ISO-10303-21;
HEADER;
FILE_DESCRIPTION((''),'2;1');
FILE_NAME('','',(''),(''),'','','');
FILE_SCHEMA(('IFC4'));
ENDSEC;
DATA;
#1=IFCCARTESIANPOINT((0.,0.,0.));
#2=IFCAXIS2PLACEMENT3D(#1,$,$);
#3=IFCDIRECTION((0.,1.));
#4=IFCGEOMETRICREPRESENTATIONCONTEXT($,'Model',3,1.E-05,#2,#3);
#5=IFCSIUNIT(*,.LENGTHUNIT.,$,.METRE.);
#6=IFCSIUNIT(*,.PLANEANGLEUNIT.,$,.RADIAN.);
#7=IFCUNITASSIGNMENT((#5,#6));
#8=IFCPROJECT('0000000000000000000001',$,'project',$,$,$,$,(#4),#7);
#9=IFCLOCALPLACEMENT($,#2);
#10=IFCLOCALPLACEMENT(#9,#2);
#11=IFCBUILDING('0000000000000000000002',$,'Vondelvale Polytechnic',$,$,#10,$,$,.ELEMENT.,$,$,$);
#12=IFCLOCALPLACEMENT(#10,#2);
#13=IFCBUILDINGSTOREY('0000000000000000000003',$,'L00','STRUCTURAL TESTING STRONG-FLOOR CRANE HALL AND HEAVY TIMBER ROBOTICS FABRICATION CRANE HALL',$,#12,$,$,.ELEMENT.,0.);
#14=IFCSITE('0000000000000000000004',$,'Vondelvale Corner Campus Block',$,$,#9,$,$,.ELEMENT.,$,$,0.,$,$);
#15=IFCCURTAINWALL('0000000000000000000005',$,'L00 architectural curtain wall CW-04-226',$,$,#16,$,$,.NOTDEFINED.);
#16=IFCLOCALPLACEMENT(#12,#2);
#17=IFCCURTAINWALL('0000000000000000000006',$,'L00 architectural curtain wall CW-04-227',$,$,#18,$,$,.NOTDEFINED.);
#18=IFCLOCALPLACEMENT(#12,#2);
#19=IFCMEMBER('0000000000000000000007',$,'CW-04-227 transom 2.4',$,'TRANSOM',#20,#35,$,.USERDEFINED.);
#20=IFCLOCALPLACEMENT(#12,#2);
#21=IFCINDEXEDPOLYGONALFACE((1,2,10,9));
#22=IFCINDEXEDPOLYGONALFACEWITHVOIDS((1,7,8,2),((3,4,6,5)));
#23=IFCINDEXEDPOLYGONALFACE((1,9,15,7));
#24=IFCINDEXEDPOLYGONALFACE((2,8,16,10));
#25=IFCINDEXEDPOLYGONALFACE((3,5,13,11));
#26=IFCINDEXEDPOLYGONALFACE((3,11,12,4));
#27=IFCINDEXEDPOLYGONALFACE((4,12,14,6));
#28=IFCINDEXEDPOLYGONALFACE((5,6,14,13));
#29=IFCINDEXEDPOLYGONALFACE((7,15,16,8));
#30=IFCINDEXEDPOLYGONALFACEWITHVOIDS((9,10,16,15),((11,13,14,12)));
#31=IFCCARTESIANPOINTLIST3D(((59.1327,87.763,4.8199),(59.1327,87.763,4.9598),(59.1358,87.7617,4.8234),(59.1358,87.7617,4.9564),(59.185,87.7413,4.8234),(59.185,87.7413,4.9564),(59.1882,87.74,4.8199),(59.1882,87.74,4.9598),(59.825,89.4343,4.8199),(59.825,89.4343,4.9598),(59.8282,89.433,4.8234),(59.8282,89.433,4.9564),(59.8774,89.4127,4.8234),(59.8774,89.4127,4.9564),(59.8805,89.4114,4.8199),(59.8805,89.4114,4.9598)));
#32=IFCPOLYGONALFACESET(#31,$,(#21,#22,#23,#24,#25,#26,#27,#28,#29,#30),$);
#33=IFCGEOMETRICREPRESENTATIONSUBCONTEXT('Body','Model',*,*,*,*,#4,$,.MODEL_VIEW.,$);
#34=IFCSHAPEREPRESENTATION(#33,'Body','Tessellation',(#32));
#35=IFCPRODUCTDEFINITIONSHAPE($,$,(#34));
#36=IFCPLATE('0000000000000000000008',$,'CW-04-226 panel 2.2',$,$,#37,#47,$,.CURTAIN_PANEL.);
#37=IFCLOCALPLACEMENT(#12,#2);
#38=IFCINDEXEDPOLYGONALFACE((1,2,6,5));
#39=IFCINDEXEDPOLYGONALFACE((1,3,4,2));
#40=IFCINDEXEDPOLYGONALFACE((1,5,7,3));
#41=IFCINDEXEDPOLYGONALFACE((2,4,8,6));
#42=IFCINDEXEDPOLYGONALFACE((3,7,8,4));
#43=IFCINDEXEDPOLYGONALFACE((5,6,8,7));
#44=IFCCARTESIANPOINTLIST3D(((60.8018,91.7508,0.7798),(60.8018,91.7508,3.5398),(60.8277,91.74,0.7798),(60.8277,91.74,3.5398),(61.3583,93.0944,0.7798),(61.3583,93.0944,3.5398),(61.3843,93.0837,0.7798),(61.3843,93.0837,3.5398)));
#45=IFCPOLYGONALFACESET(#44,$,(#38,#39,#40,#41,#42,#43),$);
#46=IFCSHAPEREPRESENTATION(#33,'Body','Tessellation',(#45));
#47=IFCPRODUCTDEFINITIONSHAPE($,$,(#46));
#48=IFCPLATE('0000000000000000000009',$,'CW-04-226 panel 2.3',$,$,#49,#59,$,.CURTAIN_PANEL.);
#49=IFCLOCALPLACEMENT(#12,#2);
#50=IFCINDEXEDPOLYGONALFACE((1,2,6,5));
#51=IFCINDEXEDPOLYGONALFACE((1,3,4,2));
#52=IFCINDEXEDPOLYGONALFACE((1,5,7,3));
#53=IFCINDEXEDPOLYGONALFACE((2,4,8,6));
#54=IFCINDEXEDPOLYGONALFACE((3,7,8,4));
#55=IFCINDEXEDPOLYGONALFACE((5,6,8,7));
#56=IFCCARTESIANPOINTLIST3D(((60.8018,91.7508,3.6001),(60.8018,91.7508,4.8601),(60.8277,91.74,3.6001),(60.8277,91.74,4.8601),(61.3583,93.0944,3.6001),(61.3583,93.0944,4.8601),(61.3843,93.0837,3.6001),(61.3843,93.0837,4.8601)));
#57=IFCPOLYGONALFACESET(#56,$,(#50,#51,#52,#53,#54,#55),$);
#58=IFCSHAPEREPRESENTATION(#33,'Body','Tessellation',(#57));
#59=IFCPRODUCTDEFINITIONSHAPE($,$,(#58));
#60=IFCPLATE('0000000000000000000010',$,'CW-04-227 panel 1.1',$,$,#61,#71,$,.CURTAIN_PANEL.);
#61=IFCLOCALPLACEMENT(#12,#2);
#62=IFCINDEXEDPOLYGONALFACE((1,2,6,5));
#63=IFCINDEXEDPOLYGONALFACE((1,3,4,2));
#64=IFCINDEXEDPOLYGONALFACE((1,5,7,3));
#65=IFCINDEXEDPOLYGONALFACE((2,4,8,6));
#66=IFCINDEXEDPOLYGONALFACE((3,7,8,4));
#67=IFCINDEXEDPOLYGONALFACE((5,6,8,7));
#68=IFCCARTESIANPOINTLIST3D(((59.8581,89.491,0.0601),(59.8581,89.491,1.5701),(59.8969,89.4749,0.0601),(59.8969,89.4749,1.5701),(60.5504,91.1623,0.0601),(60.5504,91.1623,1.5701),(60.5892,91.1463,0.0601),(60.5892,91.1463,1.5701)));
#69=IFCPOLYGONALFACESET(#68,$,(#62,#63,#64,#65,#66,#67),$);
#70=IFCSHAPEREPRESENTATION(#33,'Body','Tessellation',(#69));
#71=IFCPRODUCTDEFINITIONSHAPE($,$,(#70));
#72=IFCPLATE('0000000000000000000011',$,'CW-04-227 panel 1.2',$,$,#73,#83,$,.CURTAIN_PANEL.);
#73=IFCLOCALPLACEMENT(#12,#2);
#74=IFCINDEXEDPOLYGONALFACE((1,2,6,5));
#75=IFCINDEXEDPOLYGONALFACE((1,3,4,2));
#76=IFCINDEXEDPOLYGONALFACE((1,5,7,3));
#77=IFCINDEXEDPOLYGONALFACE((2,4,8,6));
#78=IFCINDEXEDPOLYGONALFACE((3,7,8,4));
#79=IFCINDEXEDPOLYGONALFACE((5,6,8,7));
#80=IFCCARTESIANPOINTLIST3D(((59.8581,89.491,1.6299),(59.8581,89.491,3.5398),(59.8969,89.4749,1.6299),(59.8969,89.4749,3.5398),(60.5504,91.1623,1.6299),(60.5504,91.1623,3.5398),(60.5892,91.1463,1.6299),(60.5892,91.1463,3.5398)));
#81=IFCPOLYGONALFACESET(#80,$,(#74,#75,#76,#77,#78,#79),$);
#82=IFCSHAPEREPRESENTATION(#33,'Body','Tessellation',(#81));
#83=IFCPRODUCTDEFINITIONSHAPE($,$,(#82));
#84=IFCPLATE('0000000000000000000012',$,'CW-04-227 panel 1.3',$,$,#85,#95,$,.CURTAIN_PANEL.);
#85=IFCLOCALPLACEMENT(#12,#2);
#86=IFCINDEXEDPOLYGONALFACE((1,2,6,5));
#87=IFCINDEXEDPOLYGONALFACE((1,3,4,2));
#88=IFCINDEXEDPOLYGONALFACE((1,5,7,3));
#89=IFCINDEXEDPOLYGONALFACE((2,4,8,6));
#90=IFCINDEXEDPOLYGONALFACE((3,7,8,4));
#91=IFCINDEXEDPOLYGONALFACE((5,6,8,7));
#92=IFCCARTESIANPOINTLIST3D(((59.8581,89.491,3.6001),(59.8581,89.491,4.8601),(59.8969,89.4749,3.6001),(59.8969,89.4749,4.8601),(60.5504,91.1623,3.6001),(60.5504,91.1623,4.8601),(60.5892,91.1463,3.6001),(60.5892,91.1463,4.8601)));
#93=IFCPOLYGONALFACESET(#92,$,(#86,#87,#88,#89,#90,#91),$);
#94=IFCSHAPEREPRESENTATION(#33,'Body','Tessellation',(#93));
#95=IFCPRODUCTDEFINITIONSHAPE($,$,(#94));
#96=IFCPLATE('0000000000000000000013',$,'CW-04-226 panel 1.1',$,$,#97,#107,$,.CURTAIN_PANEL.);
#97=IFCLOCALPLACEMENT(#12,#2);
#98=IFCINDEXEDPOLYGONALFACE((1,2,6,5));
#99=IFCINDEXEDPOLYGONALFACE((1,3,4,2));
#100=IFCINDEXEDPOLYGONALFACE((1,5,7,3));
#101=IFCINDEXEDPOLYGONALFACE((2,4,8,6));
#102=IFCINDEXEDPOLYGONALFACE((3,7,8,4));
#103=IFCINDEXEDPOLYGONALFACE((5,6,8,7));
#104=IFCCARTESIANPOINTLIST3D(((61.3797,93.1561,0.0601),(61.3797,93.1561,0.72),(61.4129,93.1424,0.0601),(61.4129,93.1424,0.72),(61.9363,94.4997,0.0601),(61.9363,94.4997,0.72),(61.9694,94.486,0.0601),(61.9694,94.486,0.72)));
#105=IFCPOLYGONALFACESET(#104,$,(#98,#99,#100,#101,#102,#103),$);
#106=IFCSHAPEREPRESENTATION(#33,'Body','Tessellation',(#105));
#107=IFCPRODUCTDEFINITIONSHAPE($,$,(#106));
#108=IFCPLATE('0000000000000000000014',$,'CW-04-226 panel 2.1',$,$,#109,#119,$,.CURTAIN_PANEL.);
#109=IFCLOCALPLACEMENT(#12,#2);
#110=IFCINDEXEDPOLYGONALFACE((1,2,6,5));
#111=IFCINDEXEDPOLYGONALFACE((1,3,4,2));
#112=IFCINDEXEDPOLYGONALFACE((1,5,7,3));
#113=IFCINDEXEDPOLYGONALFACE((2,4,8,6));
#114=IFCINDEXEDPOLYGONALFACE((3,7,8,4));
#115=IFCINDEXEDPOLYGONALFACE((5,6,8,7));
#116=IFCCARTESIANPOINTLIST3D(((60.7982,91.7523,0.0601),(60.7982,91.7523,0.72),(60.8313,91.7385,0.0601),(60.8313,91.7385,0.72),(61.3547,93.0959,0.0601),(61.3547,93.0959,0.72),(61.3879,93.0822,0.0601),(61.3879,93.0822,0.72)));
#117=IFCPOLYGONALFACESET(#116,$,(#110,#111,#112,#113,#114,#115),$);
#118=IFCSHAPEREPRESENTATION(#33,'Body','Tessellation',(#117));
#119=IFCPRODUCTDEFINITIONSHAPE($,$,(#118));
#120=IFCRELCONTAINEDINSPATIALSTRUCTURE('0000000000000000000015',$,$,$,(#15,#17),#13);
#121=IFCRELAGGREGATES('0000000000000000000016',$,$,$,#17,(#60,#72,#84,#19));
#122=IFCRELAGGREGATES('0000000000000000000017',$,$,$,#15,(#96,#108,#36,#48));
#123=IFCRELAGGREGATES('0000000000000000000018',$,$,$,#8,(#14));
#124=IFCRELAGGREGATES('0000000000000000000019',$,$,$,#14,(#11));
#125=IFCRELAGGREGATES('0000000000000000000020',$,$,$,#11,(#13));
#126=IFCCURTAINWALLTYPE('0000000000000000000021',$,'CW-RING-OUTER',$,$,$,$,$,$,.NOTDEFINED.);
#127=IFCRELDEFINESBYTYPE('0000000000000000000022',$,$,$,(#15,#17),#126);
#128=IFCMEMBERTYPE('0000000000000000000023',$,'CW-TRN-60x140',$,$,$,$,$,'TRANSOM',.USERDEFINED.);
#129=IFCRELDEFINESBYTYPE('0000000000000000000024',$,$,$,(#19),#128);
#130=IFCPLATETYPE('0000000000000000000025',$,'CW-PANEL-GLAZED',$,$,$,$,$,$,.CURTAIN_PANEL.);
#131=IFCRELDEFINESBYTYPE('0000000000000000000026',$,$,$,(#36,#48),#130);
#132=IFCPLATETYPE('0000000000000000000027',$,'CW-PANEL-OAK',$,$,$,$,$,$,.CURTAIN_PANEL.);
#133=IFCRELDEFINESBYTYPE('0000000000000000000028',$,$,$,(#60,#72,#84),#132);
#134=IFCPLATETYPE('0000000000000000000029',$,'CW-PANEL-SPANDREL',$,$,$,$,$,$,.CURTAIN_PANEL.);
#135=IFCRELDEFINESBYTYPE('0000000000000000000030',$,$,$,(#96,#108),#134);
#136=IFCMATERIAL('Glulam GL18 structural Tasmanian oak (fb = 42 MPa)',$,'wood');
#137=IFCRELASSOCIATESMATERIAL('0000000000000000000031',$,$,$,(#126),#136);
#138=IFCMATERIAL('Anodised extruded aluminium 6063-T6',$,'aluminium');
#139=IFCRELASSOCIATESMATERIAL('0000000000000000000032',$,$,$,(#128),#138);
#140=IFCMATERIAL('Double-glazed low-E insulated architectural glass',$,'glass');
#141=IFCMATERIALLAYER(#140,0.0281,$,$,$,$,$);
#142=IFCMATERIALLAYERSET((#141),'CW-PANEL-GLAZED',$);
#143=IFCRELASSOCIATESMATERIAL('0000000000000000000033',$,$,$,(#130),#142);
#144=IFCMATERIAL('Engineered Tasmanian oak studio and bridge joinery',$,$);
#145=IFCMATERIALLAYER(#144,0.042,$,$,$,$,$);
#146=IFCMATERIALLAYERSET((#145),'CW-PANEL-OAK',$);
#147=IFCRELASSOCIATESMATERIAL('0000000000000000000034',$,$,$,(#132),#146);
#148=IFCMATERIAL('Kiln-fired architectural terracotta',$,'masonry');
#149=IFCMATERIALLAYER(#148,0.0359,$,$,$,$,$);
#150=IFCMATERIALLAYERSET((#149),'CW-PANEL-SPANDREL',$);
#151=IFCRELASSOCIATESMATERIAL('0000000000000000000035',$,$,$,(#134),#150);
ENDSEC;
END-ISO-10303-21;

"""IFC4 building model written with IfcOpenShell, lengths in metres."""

from ifc_helpers import new_model, si_unit, direction, frame, origin, origin_2d, place, context, subcontext, project, spatial, rectangle, hollow_rectangle, extrude, material, layer, layer_set, material_profile, profile_set, type_object, element, aggregate, save


model = new_model("IFC4")

# Units and contexts
model_context = context("Model", 3, precision=1e-05, world=origin(), true_north=direction((0.0, 1.0)))
body_context = subcontext(model_context, "Body", "Model", "MODEL_VIEW")
ifc_project = project(units=[si_unit("LENGTHUNIT", "METRE"), si_unit("PLANEANGLEUNIT", "RADIAN")], contexts=[model_context])

# Site, building, storey
site_placement = place(None, origin())
site = spatial("IfcSite", under=ifc_project, at=site_placement, Name="Vondelvale Corner Campus Block", CompositionType="ELEMENT", RefElevation=0.0)
building_placement = place(site_placement, origin())
building = spatial("IfcBuilding", under=site, at=building_placement, Name="Vondelvale Polytechnic", CompositionType="ELEMENT")
storey_placement = place(building_placement, origin())
storey = spatial("IfcBuildingStorey", under=building, at=storey_placement, Name="L00", Description="STRUCTURAL TESTING STRONG-FLOOR CRANE HALL AND HEAVY TIMBER ROBOTICS FABRICATION CRANE HALL", CompositionType="ELEMENT", Elevation=0.0)

# Shared definitions
ifc_material_1 = material(Name="Glulam GL18 structural Tasmanian oak (fb = 42 MPa)", Category="wood")

# Curtain walls
curtain_wall_type = type_object("IfcCurtainWallType", Name="CW-RING-OUTER", PredefinedType="NOTDEFINED", material=ifc_material_1)
curtain_wall_1_placement = place(storey_placement, origin())
curtain_wall_1 = element("IfcCurtainWall", 1, at=curtain_wall_1_placement, inside=storey, type_object=curtain_wall_type, Name="L00 architectural curtain wall CW-04-226", PredefinedType="NOTDEFINED")
ifc_material_2 = material(Name="Anodised extruded aluminium 6063-T6", Category="aluminium")
curtain_wall_2_placement = place(storey_placement, origin())
curtain_wall_2 = element("IfcCurtainWall", 2, at=curtain_wall_2_placement, inside=storey, type_object=curtain_wall_type, Name="L00 architectural curtain wall CW-04-227", PredefinedType="NOTDEFINED")

# Member
ifc_material_profile_1 = material_profile(ifc_material_2, hollow_rectangle(XDim=0.0601, YDim=0.1399, WallThickness=0.0034, at=origin_2d()), Name="CW-TRN-140x60")
ifc_profile_set_1 = profile_set([ifc_material_profile_1], Name="Anodised extruded aluminium 6063-T6")
member_type_1 = type_object("IfcMemberType", Name="CW-TRN-60x140", ElementType="TRANSOM", PredefinedType="USERDEFINED", material=ifc_profile_set_1)
member_1_placement = place(storey_placement, frame((59.8528, 89.4229, 4.8899), z_axis=(-0.382717, -0.923866, 0.0), x_axis=(0.923866, -0.382717, 0.0)))
member_1 = element("IfcMember", 3, at=member_1_placement, type_object=member_type_1, Name="CW-04-227 transom 2.4", ObjectType="TRANSOM", PredefinedType="USERDEFINED", context=body_context, shape_type="SweptSolid", body=[
    extrude(hollow_rectangle(XDim=0.0601, YDim=0.1399, WallThickness=0.0034, at=origin_2d()), origin(), (0.0, 0.0, 1.0), 1.8091),
])

# Plates
ifc_material_3 = material(Name="Double-glazed low-E insulated architectural glass", Category="glass")
ifc_layer_1 = layer(ifc_material_3, 0.0281)
ifc_layer_set_1 = layer_set([ifc_layer_1], Name="CW-PANEL-GLAZED")
plate_type_1 = type_object("IfcPlateType", Name="CW-PANEL-GLAZED", PredefinedType="CURTAIN_PANEL", material=ifc_layer_set_1)
plate_1_placement = place(storey_placement, frame((61.093, 92.4172, 0.7798), z_axis=(0.0, 0.0, 1.0), x_axis=(-0.382679, -0.923881, 0.0)))
plate_1 = element("IfcPlate", 4, at=plate_1_placement, type_object=plate_type_1, Name="CW-04-226 panel 2.2", PredefinedType="CURTAIN_PANEL", context=body_context, shape_type="SweptSolid", body=[
    extrude(rectangle(XDim=1.4543, YDim=0.0281, at=origin_2d()), origin(), (0.0, 0.0, 1.0), 2.76),
])
plate_2_placement = place(storey_placement, frame((61.093, 92.4172, 3.6001), z_axis=(0.0, 0.0, 1.0), x_axis=(-0.382679, -0.923881, 0.0)))
plate_2 = element("IfcPlate", 5, at=plate_2_placement, type_object=plate_type_1, Name="CW-04-226 panel 2.3", PredefinedType="CURTAIN_PANEL", context=body_context, shape_type="SweptSolid", body=[
    extrude(rectangle(XDim=1.4543, YDim=0.0281, at=origin_2d()), origin(), (0.0, 0.0, 1.0), 1.26),
])
ifc_material_4 = material(Name="Engineered Tasmanian oak studio and bridge joinery")
ifc_layer_2 = layer(ifc_material_4, 0.042)
ifc_layer_set_2 = layer_set([ifc_layer_2], Name="CW-PANEL-OAK")
plate_type_2 = type_object("IfcPlateType", Name="CW-PANEL-OAK", PredefinedType="CURTAIN_PANEL", material=ifc_layer_set_2)
plate_3_placement = place(storey_placement, frame((60.2236, 90.3186, 0.0601), z_axis=(0.0, 0.0, 1.0), x_axis=(-0.382695, -0.923875, 0.0)))
plate_3 = element("IfcPlate", 6, at=plate_3_placement, type_object=plate_type_2, Name="CW-04-227 panel 1.1", PredefinedType="CURTAIN_PANEL", context=body_context, shape_type="SweptSolid", body=[
    extrude(rectangle(XDim=1.8091, YDim=0.042, at=origin_2d()), origin(), (0.0, 0.0, 1.0), 1.51),
])
plate_4_placement = place(storey_placement, frame((60.2236, 90.3186, 1.6299), z_axis=(0.0, 0.0, 1.0), x_axis=(-0.382695, -0.923875, 0.0)))
plate_4 = element("IfcPlate", 7, at=plate_4_placement, type_object=plate_type_2, Name="CW-04-227 panel 1.2", PredefinedType="CURTAIN_PANEL", context=body_context, shape_type="SweptSolid", body=[
    extrude(rectangle(XDim=1.8091, YDim=0.042, at=origin_2d()), origin(), (0.0, 0.0, 1.0), 1.9099),
])
plate_5_placement = place(storey_placement, frame((60.2236, 90.3186, 3.6001), z_axis=(0.0, 0.0, 1.0), x_axis=(-0.382695, -0.923875, 0.0)))
plate_5 = element("IfcPlate", 8, at=plate_5_placement, type_object=plate_type_2, Name="CW-04-227 panel 1.3", PredefinedType="CURTAIN_PANEL", context=body_context, shape_type="SweptSolid", body=[
    extrude(rectangle(XDim=1.8091, YDim=0.042, at=origin_2d()), origin(), (0.0, 0.0, 1.0), 1.26),
])
aggregate(curtain_wall_2, [plate_3, plate_4, plate_5, member_1])
ifc_material_5 = material(Name="Kiln-fired architectural terracotta", Category="masonry")
ifc_layer_3 = layer(ifc_material_5, 0.0359)
ifc_layer_set_3 = layer_set([ifc_layer_3], Name="CW-PANEL-SPANDREL")
plate_type_3 = type_object("IfcPlateType", Name="CW-PANEL-SPANDREL", PredefinedType="CURTAIN_PANEL", material=ifc_layer_set_3)
plate_6_placement = place(storey_placement, frame((61.6746, 93.821, 0.0601), z_axis=(0.0, 0.0, 1.0), x_axis=(-0.382679, -0.923881, 0.0)))
plate_6 = element("IfcPlate", 9, at=plate_6_placement, type_object=plate_type_3, Name="CW-04-226 panel 1.1", PredefinedType="CURTAIN_PANEL", context=body_context, shape_type="SweptSolid", body=[
    extrude(rectangle(XDim=1.4543, YDim=0.0359, at=origin_2d()), origin(), (0.0, 0.0, 1.0), 0.6599),
])
plate_7_placement = place(storey_placement, frame((61.093, 92.4172, 0.0601), z_axis=(0.0, 0.0, 1.0), x_axis=(-0.382679, -0.923881, 0.0)))
plate_7 = element("IfcPlate", 10, at=plate_7_placement, type_object=plate_type_3, Name="CW-04-226 panel 2.1", PredefinedType="CURTAIN_PANEL", context=body_context, shape_type="SweptSolid", body=[
    extrude(rectangle(XDim=1.4543, YDim=0.0359, at=origin_2d()), origin(), (0.0, 0.0, 1.0), 0.6599),
])
aggregate(curtain_wall_1, [plate_6, plate_7, plate_1, plate_2])

save(model, "model.ifc")
